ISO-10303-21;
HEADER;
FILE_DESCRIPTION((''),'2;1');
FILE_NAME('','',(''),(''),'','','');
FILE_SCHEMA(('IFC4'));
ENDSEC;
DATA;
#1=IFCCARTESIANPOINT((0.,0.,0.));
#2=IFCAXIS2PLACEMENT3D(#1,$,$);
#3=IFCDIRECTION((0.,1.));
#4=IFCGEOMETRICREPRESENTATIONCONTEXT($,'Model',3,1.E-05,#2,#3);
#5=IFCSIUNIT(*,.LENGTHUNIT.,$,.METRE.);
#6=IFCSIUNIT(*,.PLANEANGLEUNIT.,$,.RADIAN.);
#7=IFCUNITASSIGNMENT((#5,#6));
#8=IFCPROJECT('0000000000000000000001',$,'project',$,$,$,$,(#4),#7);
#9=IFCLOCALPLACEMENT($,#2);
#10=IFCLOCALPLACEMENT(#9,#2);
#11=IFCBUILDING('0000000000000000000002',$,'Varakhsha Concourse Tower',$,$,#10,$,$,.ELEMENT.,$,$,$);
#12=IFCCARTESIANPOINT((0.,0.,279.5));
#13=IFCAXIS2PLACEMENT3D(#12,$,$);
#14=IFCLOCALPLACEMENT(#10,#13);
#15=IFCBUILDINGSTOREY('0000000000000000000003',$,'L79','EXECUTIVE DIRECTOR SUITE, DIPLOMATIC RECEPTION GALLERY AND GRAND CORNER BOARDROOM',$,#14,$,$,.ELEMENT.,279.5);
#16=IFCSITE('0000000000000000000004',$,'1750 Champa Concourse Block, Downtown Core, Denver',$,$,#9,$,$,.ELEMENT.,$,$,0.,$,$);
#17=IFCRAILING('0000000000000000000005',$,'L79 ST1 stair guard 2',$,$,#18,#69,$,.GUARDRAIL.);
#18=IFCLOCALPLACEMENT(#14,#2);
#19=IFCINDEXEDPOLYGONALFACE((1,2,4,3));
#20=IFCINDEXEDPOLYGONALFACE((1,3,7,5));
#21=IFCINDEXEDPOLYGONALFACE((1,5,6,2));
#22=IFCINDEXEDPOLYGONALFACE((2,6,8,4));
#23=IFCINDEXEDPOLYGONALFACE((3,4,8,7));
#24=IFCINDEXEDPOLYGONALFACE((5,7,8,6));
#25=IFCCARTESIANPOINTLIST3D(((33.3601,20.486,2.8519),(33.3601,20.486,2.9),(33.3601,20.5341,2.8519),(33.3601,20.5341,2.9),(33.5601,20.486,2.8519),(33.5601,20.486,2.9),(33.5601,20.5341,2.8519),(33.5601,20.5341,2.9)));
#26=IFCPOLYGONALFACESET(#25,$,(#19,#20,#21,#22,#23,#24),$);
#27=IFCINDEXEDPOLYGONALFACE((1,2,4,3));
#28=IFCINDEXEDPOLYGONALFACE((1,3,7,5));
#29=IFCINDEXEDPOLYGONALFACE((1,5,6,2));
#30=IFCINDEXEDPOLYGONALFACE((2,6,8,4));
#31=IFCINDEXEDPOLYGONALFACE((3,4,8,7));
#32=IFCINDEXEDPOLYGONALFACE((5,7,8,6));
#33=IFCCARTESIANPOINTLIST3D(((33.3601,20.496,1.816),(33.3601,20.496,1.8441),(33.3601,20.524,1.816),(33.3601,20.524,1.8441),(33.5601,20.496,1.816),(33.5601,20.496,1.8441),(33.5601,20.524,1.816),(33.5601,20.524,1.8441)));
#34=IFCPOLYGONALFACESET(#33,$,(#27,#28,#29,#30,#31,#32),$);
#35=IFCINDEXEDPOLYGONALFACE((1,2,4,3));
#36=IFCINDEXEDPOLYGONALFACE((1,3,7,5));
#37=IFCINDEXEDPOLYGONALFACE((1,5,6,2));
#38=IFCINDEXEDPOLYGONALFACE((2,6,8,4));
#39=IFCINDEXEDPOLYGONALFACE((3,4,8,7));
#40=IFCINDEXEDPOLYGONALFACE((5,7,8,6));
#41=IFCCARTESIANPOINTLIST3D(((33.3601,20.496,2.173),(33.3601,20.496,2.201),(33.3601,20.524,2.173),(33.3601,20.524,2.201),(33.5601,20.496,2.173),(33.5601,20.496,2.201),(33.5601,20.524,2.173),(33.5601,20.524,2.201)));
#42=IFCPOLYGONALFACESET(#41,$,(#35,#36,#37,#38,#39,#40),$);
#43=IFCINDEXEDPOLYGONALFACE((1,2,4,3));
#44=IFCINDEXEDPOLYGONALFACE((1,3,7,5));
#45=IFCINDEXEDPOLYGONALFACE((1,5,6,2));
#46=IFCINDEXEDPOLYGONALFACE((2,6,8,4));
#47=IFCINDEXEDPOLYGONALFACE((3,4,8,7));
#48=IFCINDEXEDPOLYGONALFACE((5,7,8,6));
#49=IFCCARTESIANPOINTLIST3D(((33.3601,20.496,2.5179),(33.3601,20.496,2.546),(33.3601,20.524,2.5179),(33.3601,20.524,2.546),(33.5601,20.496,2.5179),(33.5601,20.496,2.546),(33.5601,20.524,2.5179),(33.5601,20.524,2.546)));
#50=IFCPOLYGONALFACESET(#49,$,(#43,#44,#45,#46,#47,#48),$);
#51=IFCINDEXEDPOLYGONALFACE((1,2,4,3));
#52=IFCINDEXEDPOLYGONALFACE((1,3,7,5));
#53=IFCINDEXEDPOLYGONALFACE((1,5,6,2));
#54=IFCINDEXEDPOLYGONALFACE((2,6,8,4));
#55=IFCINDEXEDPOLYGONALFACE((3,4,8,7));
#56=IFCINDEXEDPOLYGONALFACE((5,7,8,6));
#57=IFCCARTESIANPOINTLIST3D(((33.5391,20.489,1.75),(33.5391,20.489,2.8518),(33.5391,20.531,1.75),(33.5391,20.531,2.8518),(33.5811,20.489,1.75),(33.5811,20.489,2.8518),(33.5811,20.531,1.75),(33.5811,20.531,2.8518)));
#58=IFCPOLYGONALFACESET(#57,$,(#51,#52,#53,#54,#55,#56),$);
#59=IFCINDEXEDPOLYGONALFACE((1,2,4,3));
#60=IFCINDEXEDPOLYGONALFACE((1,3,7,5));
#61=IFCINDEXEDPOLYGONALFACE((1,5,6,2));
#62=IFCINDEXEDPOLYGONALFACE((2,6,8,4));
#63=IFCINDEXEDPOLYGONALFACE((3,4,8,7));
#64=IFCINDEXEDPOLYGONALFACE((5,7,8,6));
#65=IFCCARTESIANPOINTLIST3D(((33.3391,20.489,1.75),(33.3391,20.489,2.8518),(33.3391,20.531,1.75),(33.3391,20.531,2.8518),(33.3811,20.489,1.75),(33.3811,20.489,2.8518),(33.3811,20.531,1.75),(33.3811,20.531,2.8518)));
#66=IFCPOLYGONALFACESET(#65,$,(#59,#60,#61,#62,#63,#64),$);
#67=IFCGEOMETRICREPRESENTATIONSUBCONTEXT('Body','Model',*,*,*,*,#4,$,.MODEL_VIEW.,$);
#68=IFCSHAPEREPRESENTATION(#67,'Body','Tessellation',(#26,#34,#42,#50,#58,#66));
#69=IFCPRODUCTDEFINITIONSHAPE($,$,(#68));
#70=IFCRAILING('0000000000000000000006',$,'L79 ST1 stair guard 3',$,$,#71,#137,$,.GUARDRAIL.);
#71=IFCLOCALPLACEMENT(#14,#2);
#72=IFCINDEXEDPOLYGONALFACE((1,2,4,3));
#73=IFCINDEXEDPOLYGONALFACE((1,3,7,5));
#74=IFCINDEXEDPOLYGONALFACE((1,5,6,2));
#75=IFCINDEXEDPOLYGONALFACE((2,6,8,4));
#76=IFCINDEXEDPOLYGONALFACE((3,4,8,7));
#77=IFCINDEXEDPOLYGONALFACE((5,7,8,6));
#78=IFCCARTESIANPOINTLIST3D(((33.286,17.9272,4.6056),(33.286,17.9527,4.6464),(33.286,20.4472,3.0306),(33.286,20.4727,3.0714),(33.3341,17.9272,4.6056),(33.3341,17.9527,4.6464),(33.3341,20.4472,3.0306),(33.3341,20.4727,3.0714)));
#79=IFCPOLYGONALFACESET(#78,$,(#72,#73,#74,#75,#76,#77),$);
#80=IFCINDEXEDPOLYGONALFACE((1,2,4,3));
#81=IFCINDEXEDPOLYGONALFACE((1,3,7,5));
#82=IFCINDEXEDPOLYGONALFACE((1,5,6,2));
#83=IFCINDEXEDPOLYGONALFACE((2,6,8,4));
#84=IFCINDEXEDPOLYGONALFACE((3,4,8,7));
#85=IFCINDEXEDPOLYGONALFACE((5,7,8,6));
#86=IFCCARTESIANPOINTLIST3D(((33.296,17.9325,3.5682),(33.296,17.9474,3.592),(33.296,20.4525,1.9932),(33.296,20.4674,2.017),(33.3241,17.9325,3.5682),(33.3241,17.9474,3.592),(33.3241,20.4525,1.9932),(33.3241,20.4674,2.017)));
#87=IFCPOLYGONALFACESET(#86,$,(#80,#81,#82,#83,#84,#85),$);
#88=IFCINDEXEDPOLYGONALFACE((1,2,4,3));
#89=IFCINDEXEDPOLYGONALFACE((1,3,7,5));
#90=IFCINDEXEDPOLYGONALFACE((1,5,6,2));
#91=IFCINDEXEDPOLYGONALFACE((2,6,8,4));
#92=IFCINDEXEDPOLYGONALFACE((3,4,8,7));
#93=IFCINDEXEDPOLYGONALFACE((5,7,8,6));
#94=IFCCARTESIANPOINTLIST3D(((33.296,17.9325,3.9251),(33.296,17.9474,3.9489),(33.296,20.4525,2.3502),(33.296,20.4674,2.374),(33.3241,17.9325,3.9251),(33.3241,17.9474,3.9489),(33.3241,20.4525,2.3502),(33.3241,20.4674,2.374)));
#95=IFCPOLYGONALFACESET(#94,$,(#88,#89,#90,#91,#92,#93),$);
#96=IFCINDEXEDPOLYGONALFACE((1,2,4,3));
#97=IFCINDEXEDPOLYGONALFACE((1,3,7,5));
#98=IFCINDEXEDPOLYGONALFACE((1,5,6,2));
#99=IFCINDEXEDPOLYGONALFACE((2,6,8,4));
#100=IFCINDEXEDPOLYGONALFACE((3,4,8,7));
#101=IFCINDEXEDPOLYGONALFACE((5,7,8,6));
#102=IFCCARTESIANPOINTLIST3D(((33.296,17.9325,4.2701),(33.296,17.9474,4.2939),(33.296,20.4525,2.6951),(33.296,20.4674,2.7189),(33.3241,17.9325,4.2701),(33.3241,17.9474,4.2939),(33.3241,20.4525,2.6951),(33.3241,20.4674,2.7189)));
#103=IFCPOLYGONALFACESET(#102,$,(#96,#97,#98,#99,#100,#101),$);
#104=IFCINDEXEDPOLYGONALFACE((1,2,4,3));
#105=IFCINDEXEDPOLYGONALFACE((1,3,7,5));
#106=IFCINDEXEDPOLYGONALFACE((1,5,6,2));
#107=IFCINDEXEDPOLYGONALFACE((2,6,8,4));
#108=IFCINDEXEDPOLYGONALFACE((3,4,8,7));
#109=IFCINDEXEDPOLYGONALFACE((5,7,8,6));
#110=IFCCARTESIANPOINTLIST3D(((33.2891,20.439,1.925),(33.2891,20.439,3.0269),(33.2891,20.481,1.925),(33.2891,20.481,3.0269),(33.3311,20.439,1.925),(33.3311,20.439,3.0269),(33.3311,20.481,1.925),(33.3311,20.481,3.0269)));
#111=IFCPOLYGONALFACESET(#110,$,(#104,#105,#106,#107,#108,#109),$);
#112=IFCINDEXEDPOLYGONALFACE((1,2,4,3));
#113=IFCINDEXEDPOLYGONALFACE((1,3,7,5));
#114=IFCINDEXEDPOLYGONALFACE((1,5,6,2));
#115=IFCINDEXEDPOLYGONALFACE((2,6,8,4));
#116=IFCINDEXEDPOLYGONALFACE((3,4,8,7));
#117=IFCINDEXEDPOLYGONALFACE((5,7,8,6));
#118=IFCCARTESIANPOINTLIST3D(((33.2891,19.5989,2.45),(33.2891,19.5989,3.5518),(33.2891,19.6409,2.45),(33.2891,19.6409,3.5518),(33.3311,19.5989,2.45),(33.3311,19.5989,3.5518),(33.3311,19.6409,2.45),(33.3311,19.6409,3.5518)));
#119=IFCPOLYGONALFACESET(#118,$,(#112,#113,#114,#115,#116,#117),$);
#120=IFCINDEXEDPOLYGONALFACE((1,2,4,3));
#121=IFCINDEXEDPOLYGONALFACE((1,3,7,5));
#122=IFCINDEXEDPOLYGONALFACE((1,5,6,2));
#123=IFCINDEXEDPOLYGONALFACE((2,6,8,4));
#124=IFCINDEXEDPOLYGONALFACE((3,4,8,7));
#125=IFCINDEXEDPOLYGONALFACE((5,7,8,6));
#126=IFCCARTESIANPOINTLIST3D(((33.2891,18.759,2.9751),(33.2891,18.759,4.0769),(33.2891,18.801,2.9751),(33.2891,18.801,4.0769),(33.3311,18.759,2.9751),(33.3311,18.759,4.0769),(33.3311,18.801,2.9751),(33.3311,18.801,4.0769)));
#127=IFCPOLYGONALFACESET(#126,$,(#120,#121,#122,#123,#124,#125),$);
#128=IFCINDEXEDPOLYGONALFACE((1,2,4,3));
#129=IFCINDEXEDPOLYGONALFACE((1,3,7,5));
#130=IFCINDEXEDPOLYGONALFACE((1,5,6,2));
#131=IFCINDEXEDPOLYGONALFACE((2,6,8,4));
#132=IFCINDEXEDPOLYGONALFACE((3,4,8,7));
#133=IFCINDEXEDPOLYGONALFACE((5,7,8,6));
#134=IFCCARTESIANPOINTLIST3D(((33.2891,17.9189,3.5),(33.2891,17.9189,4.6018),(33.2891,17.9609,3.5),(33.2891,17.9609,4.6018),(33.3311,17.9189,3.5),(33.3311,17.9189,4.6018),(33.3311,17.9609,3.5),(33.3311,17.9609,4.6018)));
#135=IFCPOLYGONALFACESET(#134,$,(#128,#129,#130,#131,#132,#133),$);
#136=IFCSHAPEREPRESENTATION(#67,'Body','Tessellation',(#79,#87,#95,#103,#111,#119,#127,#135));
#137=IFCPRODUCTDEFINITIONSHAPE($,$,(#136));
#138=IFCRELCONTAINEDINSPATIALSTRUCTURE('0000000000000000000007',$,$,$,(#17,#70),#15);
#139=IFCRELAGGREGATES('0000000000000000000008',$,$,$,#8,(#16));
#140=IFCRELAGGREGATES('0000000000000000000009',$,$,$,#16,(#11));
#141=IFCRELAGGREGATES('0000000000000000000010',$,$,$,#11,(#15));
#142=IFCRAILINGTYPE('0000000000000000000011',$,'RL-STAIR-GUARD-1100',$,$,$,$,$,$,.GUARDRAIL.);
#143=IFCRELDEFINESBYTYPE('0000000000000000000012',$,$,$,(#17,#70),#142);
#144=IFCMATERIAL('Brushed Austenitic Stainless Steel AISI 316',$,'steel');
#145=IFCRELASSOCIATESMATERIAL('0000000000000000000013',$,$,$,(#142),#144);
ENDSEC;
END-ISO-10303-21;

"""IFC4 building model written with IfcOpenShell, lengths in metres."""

from ifc_helpers import new_model, si_unit, direction, frame, origin, origin_2d, place, context, subcontext, project, spatial, rectangle, extrude, material, type_object, element, save


model = new_model("IFC4")

# Units and contexts
model_context = context("Model", 3, precision=1e-05, world=origin(), true_north=direction((0.0, 1.0)))
body_context = subcontext(model_context, "Body", "Model", "MODEL_VIEW")
ifc_project = project(units=[si_unit("LENGTHUNIT", "METRE"), si_unit("PLANEANGLEUNIT", "RADIAN")], contexts=[model_context])

# Site, building, storey
site_placement = place(None, origin())
site = spatial("IfcSite", under=ifc_project, at=site_placement, Name="1750 Champa Concourse Block, Downtown Core, Denver", CompositionType="ELEMENT", RefElevation=0.0)
building_placement = place(site_placement, origin())
building = spatial("IfcBuilding", under=site, at=building_placement, Name="Varakhsha Concourse Tower", CompositionType="ELEMENT")
storey_placement = place(building_placement, frame((0.0, 0.0, 279.5)))
storey = spatial("IfcBuildingStorey", under=building, at=storey_placement, Name="L79", Description="EXECUTIVE DIRECTOR SUITE, DIPLOMATIC RECEPTION GALLERY AND GRAND CORNER BOARDROOM", CompositionType="ELEMENT", Elevation=279.5)

# Shared definitions
ifc_material_1 = material(Name="Brushed Austenitic Stainless Steel AISI 316", Category="steel")

# Railings
railing_type = type_object("IfcRailingType", Name="RL-STAIR-GUARD-1100", PredefinedType="GUARDRAIL", material=ifc_material_1)
railing_1_placement = place(storey_placement, frame((33.5601, 20.51, 1.75)))
element("IfcRailing", 1, at=railing_1_placement, inside=storey, type_object=railing_type, Name="L79 ST1 stair guard 2", PredefinedType="GUARDRAIL", context=body_context, shape_type="SweptSolid", body=[
    extrude(rectangle(XDim=0.0481, YDim=0.0481, at=origin_2d()), frame((0.0, 0.0, 1.126), z_axis=(-1.0, 0.0, 0.0), x_axis=(0.0, -1.0, 0.0)), (0.0, 0.0, 1.0), 0.2),
    extrude(rectangle(XDim=0.0281, YDim=0.0281, at=origin_2d()), frame((0.0, 0.0, 0.0801), z_axis=(-1.0, 0.0, 0.0), x_axis=(0.0, -1.0, 0.0)), (0.0, 0.0, 1.0), 0.2),
    extrude(rectangle(XDim=0.0281, YDim=0.0281, at=origin_2d()), frame((0.0, 0.0, 0.437), z_axis=(-1.0, 0.0, 0.0), x_axis=(0.0, -1.0, 0.0)), (0.0, 0.0, 1.0), 0.2),
    extrude(rectangle(XDim=0.0281, YDim=0.0281, at=origin_2d()), frame((0.0, 0.0, 0.782), z_axis=(-1.0, 0.0, 0.0), x_axis=(0.0, -1.0, 0.0)), (0.0, 0.0, 1.0), 0.2),
    extrude(rectangle(XDim=0.042, YDim=0.042, at=origin_2d()), origin(), (0.0, 0.0, 1.0), 1.1018),
    extrude(rectangle(XDim=0.042, YDim=0.042, at=origin_2d()), frame((-0.2, 0.0, 0.0)), (0.0, 0.0, 1.0), 1.1018),
])
railing_2_placement = place(storey_placement, frame((33.3101, 20.46, 1.925)))
element("IfcRailing", 2, at=railing_2_placement, inside=storey, type_object=railing_type, Name="L79 ST1 stair guard 3", PredefinedType="GUARDRAIL", context=body_context, shape_type="SweptSolid", body=[
    extrude(rectangle(XDim=0.0481, YDim=0.0481, at=origin_2d()), frame((0.0, 0.0, 1.126), z_axis=(0.0, -0.848008, 0.529984), x_axis=(1.0, 0.0, 0.0)), (0.0, 0.0, 1.0), 2.9717),
    extrude(rectangle(XDim=0.0281, YDim=0.0281, at=origin_2d()), frame((0.0, 0.0, 0.0801), z_axis=(0.0, -0.848008, 0.529984), x_axis=(1.0, 0.0, 0.0)), (0.0, 0.0, 1.0), 2.9717),
    extrude(rectangle(XDim=0.0281, YDim=0.0281, at=origin_2d()), frame((0.0, 0.0, 0.437), z_axis=(0.0, -0.848008, 0.529984), x_axis=(1.0, 0.0, 0.0)), (0.0, 0.0, 1.0), 2.9717),
    extrude(rectangle(XDim=0.0281, YDim=0.0281, at=origin_2d()), frame((0.0, 0.0, 0.782), z_axis=(0.0, -0.848008, 0.529984), x_axis=(1.0, 0.0, 0.0)), (0.0, 0.0, 1.0), 2.9717),
    extrude(rectangle(XDim=0.042, YDim=0.042, at=origin_2d()), origin(), (0.0, 0.0, 1.0), 1.1018),
    extrude(rectangle(XDim=0.042, YDim=0.042, at=origin_2d()), frame((0.0, -0.8401, 0.5249)), (0.0, 0.0, 1.0), 1.1018),
    extrude(rectangle(XDim=0.042, YDim=0.042, at=origin_2d()), frame((0.0, -1.6799, 1.05)), (0.0, 0.0, 1.0), 1.1018),
    extrude(rectangle(XDim=0.042, YDim=0.042, at=origin_2d()), frame((0.0, -2.52, 1.575)), (0.0, 0.0, 1.0), 1.1018),
])

save(model, "model.ifc")
